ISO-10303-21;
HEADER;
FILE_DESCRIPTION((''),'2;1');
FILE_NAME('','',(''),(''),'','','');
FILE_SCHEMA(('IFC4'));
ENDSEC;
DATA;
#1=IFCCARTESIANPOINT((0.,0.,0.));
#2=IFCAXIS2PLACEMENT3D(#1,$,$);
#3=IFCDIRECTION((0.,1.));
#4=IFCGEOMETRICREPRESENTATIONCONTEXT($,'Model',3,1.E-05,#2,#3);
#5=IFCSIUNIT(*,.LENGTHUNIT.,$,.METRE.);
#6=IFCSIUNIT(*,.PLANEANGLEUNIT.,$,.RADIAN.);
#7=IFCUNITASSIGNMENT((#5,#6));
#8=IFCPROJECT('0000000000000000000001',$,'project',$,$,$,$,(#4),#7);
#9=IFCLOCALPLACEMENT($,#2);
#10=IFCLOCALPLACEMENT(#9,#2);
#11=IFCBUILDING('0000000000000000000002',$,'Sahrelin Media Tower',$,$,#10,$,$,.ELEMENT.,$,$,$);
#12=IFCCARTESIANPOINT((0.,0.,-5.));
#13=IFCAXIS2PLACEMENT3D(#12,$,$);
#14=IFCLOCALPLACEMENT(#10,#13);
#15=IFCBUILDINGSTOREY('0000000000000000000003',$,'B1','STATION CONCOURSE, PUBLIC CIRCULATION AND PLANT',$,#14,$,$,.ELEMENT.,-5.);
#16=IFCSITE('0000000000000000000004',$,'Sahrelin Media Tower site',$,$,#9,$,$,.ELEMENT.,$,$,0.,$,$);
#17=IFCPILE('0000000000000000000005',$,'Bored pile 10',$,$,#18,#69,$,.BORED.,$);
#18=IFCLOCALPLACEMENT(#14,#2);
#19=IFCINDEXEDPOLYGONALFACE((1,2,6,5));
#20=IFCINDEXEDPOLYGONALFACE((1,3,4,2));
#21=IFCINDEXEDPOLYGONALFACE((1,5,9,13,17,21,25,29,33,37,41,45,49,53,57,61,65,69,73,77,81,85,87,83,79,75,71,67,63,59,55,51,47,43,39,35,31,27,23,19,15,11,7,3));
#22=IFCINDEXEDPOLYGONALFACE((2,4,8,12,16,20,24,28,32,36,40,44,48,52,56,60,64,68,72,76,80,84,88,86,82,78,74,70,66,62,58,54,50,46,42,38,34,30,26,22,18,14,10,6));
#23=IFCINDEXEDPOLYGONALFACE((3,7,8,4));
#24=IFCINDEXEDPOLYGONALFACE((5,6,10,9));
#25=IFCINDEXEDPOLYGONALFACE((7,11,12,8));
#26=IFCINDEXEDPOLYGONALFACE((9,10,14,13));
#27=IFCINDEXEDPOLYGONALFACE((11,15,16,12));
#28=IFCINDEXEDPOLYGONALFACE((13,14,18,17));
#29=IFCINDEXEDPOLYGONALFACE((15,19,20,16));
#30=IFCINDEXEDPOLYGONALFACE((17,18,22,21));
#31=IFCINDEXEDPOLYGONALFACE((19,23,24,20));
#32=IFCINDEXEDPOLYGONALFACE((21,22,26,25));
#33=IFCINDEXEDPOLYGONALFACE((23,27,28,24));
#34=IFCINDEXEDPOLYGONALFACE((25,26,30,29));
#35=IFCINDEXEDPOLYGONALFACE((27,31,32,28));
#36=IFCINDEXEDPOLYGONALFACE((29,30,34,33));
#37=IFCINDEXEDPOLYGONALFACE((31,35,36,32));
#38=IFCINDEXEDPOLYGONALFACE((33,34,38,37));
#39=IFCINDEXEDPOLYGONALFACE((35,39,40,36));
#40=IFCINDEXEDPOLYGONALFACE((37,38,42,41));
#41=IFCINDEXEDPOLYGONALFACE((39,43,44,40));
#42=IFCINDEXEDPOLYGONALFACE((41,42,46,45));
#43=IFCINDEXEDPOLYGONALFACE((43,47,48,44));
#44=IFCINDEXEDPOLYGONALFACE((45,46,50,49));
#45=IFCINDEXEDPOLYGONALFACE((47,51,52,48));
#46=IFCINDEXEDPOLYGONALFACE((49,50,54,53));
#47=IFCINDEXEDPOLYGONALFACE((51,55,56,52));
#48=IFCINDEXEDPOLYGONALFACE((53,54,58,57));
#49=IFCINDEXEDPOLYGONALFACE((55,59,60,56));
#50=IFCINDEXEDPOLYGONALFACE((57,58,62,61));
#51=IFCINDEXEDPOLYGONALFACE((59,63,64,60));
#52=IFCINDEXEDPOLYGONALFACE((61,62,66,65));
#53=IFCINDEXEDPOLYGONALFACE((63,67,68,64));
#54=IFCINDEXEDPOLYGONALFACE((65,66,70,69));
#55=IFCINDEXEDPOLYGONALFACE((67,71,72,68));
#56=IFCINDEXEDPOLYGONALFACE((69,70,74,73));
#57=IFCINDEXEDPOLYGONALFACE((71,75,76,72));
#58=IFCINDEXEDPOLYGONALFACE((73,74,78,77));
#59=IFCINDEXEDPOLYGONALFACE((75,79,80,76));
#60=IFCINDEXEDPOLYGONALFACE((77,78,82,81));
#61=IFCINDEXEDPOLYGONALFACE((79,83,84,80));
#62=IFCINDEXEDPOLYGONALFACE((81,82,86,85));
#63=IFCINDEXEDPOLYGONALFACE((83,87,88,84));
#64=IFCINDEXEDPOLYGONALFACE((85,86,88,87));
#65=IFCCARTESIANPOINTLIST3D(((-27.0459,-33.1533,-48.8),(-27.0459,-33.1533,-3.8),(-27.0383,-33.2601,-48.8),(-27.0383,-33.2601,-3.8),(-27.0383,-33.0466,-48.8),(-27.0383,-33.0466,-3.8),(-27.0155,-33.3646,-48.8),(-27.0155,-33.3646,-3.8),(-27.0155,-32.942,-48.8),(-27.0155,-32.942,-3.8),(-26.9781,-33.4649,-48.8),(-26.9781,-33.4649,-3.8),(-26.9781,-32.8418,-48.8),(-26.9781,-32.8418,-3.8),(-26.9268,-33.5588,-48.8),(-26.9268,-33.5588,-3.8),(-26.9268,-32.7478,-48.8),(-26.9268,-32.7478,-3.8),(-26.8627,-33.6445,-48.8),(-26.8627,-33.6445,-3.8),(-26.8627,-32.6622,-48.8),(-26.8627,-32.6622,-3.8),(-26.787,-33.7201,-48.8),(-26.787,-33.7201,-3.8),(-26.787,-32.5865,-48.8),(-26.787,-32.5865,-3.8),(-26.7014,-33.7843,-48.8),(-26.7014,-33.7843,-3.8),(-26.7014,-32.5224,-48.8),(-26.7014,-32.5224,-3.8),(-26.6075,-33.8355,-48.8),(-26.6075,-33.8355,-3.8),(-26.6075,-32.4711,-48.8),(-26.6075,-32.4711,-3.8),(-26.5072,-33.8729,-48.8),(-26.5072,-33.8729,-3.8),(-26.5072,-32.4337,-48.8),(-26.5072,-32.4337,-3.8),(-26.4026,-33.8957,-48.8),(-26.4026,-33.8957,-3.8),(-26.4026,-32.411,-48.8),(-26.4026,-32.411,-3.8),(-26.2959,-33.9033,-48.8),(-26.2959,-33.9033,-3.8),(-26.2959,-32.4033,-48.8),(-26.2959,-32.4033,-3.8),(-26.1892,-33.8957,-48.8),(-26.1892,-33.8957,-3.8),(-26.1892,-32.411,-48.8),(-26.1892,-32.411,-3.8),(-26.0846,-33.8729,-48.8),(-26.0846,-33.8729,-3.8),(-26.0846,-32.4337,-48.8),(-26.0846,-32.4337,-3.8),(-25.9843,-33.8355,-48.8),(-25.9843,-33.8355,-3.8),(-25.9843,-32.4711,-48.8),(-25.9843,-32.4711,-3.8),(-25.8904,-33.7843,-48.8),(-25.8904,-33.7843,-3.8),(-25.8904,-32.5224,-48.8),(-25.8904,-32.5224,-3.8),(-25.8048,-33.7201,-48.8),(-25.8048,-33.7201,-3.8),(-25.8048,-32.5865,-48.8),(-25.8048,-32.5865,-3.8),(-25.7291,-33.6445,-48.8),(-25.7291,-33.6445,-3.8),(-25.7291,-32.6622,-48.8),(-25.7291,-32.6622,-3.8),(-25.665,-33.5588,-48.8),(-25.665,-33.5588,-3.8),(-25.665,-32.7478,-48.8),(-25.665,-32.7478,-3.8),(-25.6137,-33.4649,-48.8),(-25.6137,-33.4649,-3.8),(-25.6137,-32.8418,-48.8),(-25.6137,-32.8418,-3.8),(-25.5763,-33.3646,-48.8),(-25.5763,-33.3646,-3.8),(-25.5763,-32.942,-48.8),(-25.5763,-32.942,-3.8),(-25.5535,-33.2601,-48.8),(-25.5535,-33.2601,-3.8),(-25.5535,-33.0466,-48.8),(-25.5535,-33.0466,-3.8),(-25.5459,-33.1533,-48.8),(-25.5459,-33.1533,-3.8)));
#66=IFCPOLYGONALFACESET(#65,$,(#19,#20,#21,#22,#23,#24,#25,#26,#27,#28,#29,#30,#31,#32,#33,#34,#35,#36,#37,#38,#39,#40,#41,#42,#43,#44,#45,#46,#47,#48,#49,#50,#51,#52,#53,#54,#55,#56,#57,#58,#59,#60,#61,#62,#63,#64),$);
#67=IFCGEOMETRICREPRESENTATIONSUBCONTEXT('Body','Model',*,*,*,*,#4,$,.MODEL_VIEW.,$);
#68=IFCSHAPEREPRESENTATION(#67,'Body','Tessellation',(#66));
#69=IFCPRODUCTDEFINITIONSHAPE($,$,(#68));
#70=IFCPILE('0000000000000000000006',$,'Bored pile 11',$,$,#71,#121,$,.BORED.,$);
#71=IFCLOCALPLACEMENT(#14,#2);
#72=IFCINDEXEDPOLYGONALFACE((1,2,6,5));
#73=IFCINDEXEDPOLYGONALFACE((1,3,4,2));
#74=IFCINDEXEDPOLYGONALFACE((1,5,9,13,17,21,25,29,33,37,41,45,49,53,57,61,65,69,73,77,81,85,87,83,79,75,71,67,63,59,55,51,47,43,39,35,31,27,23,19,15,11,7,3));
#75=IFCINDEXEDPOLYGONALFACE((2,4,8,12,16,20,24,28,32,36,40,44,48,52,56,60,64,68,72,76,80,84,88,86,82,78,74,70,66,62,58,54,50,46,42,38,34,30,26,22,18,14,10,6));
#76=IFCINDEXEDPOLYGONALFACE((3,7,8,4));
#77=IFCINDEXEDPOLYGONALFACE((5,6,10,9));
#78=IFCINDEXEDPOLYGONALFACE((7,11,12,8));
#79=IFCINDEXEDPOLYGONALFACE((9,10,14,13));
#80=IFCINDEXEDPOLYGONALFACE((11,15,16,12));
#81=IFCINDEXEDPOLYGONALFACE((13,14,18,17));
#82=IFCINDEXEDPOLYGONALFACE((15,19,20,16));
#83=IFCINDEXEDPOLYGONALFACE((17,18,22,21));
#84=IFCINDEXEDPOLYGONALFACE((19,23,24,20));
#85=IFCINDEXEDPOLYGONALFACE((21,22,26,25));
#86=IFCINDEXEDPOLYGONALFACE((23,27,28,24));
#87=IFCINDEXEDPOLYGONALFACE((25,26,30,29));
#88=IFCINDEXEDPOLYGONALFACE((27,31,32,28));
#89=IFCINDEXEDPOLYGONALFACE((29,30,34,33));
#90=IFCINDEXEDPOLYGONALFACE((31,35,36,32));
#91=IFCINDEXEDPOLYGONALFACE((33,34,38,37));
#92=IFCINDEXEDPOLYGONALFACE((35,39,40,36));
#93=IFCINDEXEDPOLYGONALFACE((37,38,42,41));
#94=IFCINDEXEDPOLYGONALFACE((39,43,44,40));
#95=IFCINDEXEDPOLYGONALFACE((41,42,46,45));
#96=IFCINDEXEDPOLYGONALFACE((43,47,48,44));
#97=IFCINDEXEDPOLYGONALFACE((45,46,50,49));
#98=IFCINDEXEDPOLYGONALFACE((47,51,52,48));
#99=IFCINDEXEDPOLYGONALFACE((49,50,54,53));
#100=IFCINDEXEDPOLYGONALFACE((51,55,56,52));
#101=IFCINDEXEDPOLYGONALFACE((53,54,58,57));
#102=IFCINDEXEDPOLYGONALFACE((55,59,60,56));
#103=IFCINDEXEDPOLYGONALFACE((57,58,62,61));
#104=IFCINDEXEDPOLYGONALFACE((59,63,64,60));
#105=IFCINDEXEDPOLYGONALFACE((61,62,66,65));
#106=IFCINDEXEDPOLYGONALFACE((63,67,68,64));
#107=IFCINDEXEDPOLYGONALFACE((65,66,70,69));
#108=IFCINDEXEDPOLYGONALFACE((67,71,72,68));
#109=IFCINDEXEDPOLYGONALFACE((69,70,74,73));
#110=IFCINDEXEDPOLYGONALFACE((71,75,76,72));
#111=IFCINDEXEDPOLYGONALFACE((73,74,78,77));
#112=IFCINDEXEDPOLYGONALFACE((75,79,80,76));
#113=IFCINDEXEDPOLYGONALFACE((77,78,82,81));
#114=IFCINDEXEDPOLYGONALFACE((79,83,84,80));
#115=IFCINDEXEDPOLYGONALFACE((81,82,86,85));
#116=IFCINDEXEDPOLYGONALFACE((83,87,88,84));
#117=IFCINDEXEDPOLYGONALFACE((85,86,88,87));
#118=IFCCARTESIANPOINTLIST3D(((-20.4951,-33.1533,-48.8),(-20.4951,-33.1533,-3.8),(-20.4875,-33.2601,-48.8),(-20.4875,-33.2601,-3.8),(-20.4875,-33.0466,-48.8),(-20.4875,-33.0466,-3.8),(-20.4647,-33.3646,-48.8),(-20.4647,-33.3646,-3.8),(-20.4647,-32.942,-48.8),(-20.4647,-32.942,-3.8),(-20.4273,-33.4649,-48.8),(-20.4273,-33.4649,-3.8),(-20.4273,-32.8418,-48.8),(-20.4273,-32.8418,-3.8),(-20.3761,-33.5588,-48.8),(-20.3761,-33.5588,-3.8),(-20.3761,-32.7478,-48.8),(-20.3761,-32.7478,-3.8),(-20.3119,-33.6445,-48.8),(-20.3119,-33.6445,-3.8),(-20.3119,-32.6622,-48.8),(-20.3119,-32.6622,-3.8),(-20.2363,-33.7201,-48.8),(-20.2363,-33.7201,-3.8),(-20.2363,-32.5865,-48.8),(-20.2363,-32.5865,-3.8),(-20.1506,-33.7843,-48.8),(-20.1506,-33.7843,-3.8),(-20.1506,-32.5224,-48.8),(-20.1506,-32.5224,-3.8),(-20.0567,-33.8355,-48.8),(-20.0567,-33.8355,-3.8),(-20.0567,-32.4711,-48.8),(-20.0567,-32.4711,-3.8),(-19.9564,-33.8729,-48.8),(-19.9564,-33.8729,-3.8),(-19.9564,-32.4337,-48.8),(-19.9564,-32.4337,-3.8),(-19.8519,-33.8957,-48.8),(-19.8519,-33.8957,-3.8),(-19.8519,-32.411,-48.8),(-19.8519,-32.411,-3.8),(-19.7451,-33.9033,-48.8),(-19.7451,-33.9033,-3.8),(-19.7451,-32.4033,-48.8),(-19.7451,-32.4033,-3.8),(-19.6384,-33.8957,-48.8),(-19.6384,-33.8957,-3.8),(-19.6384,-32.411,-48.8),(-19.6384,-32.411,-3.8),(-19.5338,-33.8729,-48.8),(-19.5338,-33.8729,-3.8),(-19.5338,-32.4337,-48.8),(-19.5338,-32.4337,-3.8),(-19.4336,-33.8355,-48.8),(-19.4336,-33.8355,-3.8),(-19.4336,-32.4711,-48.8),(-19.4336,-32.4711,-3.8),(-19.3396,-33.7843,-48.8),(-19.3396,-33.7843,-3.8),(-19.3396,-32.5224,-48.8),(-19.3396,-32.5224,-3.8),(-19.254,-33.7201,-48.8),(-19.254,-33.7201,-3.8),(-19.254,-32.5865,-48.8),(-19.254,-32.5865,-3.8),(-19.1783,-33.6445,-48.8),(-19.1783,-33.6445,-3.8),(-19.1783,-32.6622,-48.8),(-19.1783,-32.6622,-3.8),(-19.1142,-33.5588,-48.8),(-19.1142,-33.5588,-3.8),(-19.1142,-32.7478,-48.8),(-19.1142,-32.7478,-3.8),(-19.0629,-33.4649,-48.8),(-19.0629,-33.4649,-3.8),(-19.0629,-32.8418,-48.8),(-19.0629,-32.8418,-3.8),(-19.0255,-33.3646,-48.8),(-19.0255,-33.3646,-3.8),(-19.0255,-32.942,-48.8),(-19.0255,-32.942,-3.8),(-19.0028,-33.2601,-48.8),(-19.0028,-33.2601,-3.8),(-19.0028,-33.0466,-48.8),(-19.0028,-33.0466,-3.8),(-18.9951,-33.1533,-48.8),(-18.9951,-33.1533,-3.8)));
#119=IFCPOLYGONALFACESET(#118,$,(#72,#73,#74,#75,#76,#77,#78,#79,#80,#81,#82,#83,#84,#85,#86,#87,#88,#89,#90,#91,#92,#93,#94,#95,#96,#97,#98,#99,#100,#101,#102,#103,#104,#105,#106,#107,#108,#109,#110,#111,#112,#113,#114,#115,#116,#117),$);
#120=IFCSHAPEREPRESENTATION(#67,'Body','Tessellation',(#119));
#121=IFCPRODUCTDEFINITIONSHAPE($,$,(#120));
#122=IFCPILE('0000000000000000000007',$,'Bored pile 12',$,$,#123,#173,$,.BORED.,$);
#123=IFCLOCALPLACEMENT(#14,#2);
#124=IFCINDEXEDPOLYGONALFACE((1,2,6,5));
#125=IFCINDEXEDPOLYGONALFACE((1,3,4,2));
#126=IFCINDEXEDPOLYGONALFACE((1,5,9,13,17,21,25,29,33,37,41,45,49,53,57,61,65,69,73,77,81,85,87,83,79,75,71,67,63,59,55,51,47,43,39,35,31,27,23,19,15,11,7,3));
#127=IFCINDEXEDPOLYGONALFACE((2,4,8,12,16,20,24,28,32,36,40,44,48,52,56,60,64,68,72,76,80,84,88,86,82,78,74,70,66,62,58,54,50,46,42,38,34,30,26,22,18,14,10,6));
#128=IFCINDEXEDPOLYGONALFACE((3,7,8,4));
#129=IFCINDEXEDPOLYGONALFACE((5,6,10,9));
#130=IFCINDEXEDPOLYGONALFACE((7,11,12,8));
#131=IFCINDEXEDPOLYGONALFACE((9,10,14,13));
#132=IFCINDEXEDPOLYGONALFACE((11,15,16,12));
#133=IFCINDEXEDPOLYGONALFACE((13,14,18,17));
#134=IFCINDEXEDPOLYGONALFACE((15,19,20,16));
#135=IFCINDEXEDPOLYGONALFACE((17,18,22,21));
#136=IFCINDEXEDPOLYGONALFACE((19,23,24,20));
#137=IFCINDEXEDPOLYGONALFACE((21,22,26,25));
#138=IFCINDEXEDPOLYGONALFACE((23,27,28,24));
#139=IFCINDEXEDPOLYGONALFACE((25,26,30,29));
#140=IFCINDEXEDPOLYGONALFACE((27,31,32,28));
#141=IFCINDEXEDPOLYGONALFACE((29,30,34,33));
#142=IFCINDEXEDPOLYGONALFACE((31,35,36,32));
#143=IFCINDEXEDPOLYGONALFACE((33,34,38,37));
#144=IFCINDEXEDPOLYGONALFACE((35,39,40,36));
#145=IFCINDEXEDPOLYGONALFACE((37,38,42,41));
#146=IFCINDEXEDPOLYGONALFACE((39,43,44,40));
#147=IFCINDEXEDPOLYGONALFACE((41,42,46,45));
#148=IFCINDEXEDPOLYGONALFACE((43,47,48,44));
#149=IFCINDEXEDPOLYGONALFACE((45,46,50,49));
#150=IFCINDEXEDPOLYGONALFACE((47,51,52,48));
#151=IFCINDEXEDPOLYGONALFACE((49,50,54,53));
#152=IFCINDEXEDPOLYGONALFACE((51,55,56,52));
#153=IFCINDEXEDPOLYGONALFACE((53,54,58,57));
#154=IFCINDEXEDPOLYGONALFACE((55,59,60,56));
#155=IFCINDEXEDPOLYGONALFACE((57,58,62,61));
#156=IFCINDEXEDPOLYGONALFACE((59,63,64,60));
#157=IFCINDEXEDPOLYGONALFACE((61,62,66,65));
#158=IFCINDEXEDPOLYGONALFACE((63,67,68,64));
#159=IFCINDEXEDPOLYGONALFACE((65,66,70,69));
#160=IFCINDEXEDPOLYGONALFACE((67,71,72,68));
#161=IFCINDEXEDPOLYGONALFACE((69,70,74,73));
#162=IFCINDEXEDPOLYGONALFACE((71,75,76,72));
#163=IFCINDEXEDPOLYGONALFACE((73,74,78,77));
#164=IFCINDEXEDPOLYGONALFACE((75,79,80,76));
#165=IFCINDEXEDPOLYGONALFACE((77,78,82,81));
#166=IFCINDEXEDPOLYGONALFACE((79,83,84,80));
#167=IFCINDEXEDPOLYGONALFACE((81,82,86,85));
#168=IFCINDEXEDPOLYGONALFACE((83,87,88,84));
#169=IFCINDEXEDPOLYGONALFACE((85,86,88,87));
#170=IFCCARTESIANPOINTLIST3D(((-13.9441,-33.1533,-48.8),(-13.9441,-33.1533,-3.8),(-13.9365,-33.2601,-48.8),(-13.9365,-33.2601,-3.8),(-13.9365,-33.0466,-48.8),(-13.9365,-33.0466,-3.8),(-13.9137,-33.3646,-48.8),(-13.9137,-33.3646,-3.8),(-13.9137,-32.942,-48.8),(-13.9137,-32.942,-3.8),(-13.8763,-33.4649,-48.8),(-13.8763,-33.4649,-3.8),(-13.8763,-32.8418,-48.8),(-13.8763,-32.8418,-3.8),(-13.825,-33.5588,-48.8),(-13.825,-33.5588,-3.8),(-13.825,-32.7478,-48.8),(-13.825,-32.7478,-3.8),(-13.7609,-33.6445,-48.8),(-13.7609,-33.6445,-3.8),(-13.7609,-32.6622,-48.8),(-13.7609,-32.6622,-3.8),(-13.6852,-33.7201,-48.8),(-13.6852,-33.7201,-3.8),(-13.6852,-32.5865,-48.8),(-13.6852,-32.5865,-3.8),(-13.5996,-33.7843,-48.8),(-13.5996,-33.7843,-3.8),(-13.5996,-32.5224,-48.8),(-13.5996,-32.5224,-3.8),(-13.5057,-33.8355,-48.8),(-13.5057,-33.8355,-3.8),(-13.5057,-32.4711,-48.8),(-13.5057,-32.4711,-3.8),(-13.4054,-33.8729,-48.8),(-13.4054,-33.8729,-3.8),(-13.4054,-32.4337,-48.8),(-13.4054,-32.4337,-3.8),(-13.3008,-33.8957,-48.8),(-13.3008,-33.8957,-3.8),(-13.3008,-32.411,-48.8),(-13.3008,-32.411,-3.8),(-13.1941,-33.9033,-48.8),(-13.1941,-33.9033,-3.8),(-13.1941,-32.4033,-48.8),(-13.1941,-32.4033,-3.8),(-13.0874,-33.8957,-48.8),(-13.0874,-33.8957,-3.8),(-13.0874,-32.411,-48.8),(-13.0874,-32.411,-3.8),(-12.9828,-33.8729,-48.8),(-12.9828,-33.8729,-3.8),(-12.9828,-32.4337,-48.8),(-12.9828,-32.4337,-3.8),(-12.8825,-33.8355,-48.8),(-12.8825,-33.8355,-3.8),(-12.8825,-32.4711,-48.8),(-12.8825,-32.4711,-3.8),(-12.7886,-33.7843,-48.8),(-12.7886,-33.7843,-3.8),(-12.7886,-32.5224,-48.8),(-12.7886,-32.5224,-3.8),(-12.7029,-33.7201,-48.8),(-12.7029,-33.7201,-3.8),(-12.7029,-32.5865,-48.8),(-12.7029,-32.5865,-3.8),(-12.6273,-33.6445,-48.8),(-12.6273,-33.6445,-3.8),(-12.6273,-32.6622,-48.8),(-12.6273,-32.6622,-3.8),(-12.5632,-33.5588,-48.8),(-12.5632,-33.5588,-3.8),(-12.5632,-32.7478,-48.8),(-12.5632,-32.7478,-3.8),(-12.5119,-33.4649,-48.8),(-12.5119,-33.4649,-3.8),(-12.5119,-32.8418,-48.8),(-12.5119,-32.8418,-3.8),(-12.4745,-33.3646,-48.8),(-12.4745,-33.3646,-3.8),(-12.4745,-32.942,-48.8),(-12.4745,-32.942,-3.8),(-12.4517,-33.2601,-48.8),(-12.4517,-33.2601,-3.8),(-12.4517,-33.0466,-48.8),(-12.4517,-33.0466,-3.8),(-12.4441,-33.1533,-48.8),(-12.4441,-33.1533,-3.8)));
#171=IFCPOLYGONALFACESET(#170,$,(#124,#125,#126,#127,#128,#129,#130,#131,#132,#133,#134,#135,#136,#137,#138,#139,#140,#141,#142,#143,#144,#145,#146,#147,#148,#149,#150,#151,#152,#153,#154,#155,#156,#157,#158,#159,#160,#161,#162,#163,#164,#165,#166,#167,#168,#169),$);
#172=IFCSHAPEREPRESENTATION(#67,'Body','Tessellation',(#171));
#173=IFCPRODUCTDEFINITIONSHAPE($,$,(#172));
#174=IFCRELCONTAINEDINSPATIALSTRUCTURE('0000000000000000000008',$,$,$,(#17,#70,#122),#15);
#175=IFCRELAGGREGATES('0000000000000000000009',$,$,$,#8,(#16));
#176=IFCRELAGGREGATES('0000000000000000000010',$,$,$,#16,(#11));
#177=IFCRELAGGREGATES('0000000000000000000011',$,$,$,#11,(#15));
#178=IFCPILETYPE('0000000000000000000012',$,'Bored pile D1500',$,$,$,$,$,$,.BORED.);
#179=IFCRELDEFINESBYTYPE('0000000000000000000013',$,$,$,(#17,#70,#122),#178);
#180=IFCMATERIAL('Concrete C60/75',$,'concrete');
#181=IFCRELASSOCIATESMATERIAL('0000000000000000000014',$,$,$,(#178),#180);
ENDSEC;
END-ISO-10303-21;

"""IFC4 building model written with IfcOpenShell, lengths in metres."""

from ifc_helpers import new_model, si_unit, direction, frame, origin, origin_2d, place, context, subcontext, project, spatial, circle, extrude, material, material_profile, profile_set, type_object, element, save


model = new_model("IFC4")

# Units and contexts
model_context = context("Model", 3, precision=1e-05, world=origin(), true_north=direction((0.0, 1.0)))
body_context = subcontext(model_context, "Body", "Model", "MODEL_VIEW")
ifc_project = project(units=[si_unit("LENGTHUNIT", "METRE"), si_unit("PLANEANGLEUNIT", "RADIAN")], contexts=[model_context])

# Site, building, storey
site_placement = place(None, origin())
site = spatial("IfcSite", under=ifc_project, at=site_placement, Name="Sahrelin Media Tower site", CompositionType="ELEMENT", RefElevation=0.0)
building_placement = place(site_placement, origin())
building = spatial("IfcBuilding", under=site, at=building_placement, Name="Sahrelin Media Tower", CompositionType="ELEMENT")
storey_placement = place(building_placement, frame((0.0, 0.0, -5.0)))
storey = spatial("IfcBuildingStorey", under=building, at=storey_placement, Name="B1", Description="STATION CONCOURSE, PUBLIC CIRCULATION AND PLANT", CompositionType="ELEMENT", Elevation=-5.0)

# Piles
ifc_material_1 = material(Name="Concrete C60/75", Category="concrete")
ifc_material_profile_1 = material_profile(ifc_material_1, circle(Radius=0.75, at=origin_2d()), Name="Bored pile D1500")
ifc_profile_set_1 = profile_set([ifc_material_profile_1], Name="Concrete C60/75")
pile_type = type_object("IfcPileType", Name="Bored pile D1500", PredefinedType="BORED", material=ifc_profile_set_1)
for number, where, z_axis, x_axis, name in (
    (1, (-26.2959, -33.1533, -3.8), (0.0, 0.0, -1.0), (1.0, 0.0, 0.0), "Bored pile 10"),
    (2, (-19.7451, -33.1533, -3.8), (0.0, 0.0, -1.0), (1.0, 0.0, 0.0), "Bored pile 11"),
    (3, (-13.1941, -33.1533, -3.8), (0.0, 0.0, -1.0), (1.0, 0.0, 0.0), "Bored pile 12"),
):
    element("IfcPile", number, at=place(storey_placement, frame(where, z_axis=z_axis, x_axis=x_axis)), inside=storey, type_object=pile_type, Name=name, PredefinedType="BORED", context=body_context, shape_type="SweptSolid", body=[
        extrude(circle(Radius=0.75, at=origin_2d()), origin(), (0.0, 0.0, 1.0), 45.0),
    ])

save(model, "model.ifc")
